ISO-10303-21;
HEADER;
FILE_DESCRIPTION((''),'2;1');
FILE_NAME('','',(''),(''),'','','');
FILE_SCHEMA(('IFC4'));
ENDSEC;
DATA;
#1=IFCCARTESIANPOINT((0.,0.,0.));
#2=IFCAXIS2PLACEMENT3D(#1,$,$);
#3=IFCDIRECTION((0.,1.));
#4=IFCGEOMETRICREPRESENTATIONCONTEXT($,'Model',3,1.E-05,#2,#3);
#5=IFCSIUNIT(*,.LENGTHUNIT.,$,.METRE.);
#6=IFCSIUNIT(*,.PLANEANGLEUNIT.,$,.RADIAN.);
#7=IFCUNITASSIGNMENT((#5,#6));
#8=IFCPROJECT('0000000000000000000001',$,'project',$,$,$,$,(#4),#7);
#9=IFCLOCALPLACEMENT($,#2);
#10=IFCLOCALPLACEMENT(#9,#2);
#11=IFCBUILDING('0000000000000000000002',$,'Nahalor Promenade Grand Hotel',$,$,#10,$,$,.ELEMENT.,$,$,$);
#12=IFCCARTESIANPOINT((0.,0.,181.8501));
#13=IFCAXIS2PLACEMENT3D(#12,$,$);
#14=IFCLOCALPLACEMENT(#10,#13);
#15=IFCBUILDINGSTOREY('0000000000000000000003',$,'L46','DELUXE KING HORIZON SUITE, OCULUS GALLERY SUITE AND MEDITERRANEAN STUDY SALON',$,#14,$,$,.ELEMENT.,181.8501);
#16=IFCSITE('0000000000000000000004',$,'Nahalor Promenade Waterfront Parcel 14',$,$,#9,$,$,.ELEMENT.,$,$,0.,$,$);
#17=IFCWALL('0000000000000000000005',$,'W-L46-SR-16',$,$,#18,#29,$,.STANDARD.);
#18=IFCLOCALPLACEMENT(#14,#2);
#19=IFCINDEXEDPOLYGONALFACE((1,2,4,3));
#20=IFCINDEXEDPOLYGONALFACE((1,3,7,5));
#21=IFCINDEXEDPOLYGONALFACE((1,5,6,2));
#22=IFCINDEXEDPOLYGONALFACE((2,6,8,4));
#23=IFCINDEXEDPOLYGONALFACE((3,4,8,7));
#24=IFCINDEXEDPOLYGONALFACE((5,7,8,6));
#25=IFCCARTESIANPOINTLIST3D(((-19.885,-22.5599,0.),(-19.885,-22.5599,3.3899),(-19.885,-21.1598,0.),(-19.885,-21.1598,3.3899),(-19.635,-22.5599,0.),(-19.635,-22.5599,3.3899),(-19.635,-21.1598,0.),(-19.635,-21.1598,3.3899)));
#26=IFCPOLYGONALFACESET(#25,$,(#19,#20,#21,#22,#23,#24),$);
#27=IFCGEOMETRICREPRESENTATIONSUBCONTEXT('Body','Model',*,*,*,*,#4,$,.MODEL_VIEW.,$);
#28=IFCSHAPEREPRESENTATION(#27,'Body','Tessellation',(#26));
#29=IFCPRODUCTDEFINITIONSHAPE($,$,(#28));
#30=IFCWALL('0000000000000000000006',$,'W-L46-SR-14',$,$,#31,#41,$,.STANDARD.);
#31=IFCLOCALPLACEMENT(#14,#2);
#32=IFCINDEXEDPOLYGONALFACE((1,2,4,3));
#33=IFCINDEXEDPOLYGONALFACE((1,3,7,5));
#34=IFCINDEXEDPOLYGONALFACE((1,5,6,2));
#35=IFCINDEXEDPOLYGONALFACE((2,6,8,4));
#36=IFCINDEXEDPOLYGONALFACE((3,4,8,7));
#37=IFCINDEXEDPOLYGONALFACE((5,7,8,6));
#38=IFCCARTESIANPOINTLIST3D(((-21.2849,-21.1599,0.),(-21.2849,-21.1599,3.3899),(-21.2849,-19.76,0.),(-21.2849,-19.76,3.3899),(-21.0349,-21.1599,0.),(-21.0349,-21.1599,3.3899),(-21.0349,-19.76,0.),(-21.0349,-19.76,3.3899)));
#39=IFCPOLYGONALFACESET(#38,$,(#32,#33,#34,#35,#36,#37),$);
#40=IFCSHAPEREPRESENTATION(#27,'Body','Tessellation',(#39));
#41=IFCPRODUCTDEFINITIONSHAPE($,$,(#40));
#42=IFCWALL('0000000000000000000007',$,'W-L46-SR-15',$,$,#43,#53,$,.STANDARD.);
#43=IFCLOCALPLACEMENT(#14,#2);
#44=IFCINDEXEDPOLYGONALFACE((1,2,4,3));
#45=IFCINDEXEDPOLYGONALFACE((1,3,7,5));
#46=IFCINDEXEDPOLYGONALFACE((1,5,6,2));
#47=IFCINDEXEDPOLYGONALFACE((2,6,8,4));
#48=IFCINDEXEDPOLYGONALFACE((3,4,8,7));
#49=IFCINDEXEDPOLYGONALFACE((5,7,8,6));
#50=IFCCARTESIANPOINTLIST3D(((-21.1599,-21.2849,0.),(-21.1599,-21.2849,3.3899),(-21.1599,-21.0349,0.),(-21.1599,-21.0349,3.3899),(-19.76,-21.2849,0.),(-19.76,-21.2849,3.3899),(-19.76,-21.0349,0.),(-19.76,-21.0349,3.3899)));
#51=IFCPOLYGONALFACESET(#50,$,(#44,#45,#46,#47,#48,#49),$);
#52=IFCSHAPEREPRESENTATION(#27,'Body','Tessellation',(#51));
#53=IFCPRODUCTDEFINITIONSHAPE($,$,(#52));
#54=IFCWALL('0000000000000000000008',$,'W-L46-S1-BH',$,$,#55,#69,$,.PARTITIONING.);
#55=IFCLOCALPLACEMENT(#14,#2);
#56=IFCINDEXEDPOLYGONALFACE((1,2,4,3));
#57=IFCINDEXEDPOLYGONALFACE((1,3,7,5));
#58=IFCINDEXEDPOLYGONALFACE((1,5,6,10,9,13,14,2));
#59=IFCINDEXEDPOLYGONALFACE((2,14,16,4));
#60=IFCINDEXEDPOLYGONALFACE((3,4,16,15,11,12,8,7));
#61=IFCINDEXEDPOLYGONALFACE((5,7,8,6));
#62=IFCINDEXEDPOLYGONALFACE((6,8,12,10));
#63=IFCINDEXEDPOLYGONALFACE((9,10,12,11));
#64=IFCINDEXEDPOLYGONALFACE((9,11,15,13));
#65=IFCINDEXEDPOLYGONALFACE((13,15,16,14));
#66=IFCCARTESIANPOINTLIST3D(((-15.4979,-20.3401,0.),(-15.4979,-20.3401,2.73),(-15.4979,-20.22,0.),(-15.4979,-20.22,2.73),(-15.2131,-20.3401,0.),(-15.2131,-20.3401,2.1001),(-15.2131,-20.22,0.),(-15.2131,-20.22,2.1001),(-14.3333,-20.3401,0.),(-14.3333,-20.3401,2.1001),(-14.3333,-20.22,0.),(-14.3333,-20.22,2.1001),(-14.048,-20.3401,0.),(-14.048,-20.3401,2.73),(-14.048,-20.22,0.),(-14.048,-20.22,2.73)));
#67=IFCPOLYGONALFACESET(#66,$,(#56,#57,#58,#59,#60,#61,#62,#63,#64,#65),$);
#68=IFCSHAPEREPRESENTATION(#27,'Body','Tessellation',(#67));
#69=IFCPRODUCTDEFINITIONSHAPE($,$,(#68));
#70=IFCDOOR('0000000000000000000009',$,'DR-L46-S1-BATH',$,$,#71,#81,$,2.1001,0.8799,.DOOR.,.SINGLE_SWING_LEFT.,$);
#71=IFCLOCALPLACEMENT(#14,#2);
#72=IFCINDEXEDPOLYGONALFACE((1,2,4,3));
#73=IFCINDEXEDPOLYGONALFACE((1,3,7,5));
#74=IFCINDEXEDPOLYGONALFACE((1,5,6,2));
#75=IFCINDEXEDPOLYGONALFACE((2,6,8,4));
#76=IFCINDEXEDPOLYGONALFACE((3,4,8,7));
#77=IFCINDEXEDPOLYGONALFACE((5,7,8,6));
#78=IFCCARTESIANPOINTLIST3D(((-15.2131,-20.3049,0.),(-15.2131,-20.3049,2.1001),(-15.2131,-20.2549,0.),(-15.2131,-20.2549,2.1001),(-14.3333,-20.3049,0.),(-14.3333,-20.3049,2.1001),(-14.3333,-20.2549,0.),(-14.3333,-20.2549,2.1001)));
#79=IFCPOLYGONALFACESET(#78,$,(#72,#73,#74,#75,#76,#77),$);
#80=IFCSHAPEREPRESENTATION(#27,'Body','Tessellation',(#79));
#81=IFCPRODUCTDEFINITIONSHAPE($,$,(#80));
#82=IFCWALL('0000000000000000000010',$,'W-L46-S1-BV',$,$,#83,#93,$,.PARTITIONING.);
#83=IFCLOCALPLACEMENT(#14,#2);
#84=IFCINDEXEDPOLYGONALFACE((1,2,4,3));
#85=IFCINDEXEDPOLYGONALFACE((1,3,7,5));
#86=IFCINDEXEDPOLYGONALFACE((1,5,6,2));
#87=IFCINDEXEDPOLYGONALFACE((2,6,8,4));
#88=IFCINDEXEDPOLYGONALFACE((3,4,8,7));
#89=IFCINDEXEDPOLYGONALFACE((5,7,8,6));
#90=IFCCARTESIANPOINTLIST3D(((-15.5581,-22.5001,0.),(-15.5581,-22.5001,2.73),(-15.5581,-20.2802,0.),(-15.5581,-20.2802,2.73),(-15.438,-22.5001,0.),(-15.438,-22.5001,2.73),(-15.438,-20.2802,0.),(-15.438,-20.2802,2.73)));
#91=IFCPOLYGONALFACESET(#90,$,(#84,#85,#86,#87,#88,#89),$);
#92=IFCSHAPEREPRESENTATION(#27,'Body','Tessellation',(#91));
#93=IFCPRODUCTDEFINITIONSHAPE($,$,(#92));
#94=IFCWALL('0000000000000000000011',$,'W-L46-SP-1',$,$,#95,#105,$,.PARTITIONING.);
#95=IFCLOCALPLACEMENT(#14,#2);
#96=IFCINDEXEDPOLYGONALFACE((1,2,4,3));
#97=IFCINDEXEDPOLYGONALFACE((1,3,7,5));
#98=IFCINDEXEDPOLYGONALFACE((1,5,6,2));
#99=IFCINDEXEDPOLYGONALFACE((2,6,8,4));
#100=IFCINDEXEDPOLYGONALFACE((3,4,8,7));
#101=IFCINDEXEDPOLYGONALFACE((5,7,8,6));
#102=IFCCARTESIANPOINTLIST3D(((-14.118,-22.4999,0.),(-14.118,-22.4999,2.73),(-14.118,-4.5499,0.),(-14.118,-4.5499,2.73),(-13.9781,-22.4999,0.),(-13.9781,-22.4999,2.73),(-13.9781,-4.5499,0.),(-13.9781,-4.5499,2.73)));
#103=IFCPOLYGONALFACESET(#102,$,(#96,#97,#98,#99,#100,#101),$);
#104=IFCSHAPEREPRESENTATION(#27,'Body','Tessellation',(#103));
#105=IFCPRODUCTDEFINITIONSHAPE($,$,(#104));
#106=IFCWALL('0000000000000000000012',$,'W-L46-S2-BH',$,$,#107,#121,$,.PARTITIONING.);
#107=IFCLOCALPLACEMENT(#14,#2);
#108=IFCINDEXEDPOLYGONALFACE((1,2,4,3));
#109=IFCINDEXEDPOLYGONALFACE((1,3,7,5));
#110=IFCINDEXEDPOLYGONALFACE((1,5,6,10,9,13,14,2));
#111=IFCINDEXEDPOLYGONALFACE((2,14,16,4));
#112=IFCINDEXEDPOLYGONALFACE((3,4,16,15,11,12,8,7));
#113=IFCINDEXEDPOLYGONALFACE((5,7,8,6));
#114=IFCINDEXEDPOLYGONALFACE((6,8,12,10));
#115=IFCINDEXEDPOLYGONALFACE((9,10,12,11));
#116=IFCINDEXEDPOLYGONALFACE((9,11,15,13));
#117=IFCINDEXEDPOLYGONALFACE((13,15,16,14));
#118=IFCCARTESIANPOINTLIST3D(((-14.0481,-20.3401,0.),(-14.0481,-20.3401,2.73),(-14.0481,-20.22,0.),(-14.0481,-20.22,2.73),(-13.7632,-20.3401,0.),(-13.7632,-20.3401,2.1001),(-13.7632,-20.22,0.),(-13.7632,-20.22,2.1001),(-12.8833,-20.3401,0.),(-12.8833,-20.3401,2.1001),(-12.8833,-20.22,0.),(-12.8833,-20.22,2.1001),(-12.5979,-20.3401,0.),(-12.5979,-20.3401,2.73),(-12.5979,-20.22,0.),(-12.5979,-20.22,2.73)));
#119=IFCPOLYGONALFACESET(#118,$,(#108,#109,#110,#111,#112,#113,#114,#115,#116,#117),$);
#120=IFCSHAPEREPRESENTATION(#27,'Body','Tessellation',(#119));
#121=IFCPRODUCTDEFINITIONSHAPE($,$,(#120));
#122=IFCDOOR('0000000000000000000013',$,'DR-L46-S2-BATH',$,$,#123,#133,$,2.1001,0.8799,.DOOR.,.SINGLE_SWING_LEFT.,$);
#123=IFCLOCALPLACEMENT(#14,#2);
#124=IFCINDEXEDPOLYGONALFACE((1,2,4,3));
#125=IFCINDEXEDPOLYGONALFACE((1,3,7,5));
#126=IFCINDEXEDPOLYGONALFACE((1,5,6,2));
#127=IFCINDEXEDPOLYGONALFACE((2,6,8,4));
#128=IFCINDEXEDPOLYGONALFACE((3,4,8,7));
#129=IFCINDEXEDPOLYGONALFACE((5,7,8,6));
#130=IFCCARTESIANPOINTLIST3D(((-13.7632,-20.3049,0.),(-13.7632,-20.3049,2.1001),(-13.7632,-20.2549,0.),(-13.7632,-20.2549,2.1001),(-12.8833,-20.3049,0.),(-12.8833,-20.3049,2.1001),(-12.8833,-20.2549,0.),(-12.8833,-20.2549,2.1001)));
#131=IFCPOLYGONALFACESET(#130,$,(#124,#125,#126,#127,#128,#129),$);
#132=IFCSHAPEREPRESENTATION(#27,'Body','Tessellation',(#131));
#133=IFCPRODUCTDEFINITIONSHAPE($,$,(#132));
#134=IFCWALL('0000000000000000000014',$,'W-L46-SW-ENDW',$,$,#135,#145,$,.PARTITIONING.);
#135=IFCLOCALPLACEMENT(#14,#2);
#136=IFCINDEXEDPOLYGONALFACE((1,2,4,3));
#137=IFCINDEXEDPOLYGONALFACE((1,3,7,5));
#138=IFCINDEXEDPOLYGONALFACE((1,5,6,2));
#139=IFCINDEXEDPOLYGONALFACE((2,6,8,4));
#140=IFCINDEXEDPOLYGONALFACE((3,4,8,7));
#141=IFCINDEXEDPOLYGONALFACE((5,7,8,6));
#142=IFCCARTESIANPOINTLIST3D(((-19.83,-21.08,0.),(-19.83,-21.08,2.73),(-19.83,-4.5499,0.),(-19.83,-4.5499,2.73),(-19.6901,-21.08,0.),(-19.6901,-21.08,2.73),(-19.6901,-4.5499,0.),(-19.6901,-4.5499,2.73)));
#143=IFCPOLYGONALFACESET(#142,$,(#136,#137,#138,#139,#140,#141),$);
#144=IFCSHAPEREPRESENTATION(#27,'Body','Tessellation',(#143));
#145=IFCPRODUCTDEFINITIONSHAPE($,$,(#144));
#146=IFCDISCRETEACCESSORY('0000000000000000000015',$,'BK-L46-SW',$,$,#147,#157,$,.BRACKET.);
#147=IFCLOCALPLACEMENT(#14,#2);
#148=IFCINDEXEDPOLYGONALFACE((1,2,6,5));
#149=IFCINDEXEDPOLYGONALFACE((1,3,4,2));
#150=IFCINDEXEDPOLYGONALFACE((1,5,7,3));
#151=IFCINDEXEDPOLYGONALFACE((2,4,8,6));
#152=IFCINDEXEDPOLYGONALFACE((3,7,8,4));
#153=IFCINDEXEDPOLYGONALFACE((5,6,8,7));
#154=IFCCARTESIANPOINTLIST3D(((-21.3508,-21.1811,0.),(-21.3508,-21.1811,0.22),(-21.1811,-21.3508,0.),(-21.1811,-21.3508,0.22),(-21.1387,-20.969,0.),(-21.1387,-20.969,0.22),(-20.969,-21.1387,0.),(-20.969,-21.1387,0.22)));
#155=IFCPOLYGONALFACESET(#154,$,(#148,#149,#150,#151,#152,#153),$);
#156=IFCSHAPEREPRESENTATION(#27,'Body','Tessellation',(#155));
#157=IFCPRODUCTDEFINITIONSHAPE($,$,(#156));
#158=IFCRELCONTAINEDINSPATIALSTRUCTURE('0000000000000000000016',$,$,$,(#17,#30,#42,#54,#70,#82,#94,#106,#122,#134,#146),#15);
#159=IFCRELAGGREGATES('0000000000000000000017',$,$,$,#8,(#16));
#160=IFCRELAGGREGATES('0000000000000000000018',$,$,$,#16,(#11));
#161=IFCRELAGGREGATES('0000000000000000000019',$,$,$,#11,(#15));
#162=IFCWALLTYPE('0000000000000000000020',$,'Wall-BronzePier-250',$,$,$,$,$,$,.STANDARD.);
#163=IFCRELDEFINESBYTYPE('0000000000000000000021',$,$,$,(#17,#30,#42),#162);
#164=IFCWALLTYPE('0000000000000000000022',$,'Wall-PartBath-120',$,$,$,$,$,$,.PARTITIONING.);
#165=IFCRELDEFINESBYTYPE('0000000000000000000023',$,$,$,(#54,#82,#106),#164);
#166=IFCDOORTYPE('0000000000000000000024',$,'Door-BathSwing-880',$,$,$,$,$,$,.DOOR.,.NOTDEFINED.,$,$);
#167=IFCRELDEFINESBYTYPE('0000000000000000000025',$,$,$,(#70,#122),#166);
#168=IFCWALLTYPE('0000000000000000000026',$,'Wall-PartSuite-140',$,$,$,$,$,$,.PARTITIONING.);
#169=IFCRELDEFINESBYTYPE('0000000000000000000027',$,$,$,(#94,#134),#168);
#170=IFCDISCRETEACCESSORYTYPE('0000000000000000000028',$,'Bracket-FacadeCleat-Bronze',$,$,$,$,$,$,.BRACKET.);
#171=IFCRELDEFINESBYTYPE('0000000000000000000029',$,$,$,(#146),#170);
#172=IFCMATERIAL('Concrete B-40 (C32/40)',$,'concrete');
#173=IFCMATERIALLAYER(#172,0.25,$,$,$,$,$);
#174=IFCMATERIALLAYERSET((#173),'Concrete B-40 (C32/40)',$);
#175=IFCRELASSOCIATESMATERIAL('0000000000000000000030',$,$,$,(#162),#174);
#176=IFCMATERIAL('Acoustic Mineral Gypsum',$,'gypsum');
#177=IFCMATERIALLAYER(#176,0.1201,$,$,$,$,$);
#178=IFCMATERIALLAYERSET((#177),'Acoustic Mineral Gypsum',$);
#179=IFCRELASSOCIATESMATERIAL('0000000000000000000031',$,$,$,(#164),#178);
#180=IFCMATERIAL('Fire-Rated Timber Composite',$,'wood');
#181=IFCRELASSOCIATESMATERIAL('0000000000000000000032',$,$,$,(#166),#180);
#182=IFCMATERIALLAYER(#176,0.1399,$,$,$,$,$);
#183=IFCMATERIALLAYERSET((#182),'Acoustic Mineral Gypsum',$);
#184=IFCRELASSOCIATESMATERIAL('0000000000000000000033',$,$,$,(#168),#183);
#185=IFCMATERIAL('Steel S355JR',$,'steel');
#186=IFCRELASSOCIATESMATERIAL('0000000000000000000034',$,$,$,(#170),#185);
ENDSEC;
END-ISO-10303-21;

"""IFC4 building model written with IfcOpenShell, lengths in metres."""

from ifc_helpers import new_model, si_unit, direction, frame, frame_2d, origin, origin_2d, place, context, subcontext, project, spatial, rectangle, extrude, source, transform, mapped, material, layer, layer_set, type_object, element, fill, save


model = new_model("IFC4")

# Units and contexts
model_context = context("Model", 3, precision=1e-05, world=origin(), true_north=direction((0.0, 1.0)))
body_context = subcontext(model_context, "Body", "Model", "MODEL_VIEW")
ifc_project = project(units=[si_unit("LENGTHUNIT", "METRE"), si_unit("PLANEANGLEUNIT", "RADIAN")], contexts=[model_context])

# Site, building, storey
site_placement = place(None, origin())
site = spatial("IfcSite", under=ifc_project, at=site_placement, Name="Nahalor Promenade Waterfront Parcel 14", CompositionType="ELEMENT", RefElevation=0.0)
building_placement = place(site_placement, origin())
building = spatial("IfcBuilding", under=site, at=building_placement, Name="Nahalor Promenade Grand Hotel", CompositionType="ELEMENT")
storey_placement = place(building_placement, frame((0.0, 0.0, 181.8501)))
storey = spatial("IfcBuildingStorey", under=building, at=storey_placement, Name="L46", Description="DELUXE KING HORIZON SUITE, OCULUS GALLERY SUITE AND MEDITERRANEAN STUDY SALON", CompositionType="ELEMENT", Elevation=181.8501)

# Shared definitions
ifc_material_1 = material(Name="Steel S355JR", Category="steel")

# Walls
ifc_material_2 = material(Name="Concrete B-40 (C32/40)", Category="concrete")
ifc_layer_1 = layer(ifc_material_2, 0.25)
ifc_layer_set_1 = layer_set([ifc_layer_1], Name="Concrete B-40 (C32/40)")
wall_type_1 = type_object("IfcWallType", Name="Wall-BronzePier-250", PredefinedType="STANDARD", material=ifc_layer_set_1)
shared_shape_1 = source(origin(), body_context, "Body", "SweptSolid", [
    extrude(rectangle(XDim=1.4001, YDim=0.25, at=frame_2d((0.7002, 0.0))), origin(), (0.0, 0.0, 1.0), 3.3899),
])
for number, where, z_axis, x_axis, name in (
    (1, (-19.76, -22.5601, 0.0), (0.0, 0.0, 1.0), (0.0, 1.0, 0.0), "W-L46-SR-16"),
):
    element("IfcWall", number, at=place(storey_placement, frame(where, z_axis=z_axis, x_axis=x_axis)), inside=storey, type_object=wall_type_1, Name=name, PredefinedType="STANDARD", context=body_context, shape_type="MappedRepresentation", body=[
        mapped(shared_shape_1, transform((0.0, 0.0, 0.0), scale=1.0)),
    ])
shared_shape_2 = source(origin(), body_context, "Body", "SweptSolid", [
    extrude(rectangle(XDim=1.3999, YDim=0.25, at=frame_2d((0.7, 0.0))), origin(), (0.0, 0.0, 1.0), 3.3899),
])
for number, where, z_axis, x_axis, name in (
    (2, (-21.1599, -21.1599, 0.0), (0.0, 0.0, 1.0), (0.0, 1.0, 0.0), "W-L46-SR-14"),
    (3, (-21.1599, -21.1599, 0.0), (0.0, 0.0, 1.0), (1.0, 0.0, 0.0), "W-L46-SR-15"),
):
    element("IfcWall", number, at=place(storey_placement, frame(where, z_axis=z_axis, x_axis=x_axis)), inside=storey, type_object=wall_type_1, Name=name, PredefinedType="STANDARD", context=body_context, shape_type="MappedRepresentation", body=[
        mapped(shared_shape_2, transform((0.0, 0.0, 0.0), scale=1.0)),
    ])

# Wall, opening, door
ifc_material_3 = material(Name="Acoustic Mineral Gypsum", Category="gypsum")
ifc_layer_2 = layer(ifc_material_3, 0.1201)
ifc_layer_set_2 = layer_set([ifc_layer_2], Name="Acoustic Mineral Gypsum")
wall_type_2 = type_object("IfcWallType", Name="Wall-PartBath-120", PredefinedType="PARTITIONING", material=ifc_layer_set_2)
shared_shape_3 = source(origin(), body_context, "Body", "SweptSolid", [
    extrude(rectangle(XDim=1.45, YDim=0.1201, at=frame_2d((0.7251, 0.0))), origin(), (0.0, 0.0, 1.0), 2.73),
])
wall_1_placement = place(storey_placement, frame((-15.498, -20.28, 0.0), z_axis=(0.0, 0.0, 1.0), x_axis=(1.0, 0.0, 0.0)))
wall_1 = element("IfcWall", 4, at=wall_1_placement, inside=storey, type_object=wall_type_2, Name="W-L46-S1-BH", PredefinedType="PARTITIONING", context=body_context, shape_type="MappedRepresentation", body=[
    mapped(shared_shape_3, transform((0.0, 0.0, 0.0), scale=1.0)),
])
opening_1_placement = place(wall_1_placement, frame((0.2849, 0.0, 0.0)))
opening_1 = element("IfcOpeningElement", 5, at=opening_1_placement, cuts=wall_1, PredefinedType="OPENING", context=body_context, shape_type="SweptSolid", body=[
    extrude(rectangle(XDim=0.8799, YDim=2.1001, at=frame_2d((0.4399, 1.05))), frame((0.0, 0.0701, 0.0), z_axis=(0.0, -1.0, 0.0), x_axis=(1.0, 0.0, 0.0)), (0.0, 0.0, 1.0), 0.1401),
])
ifc_material_4 = material(Name="Fire-Rated Timber Composite", Category="wood")
door_type = type_object("IfcDoorType", Name="Door-BathSwing-880", OperationType="NOTDEFINED", PredefinedType="DOOR", material=ifc_material_4)
shared_shape_4 = source(origin(), body_context, "Body", "SweptSolid", [
    extrude(rectangle(XDim=0.8799, YDim=2.1001, at=frame_2d((0.4399, 1.05))), frame((0.0, 0.0249, 0.0), z_axis=(0.0, -1.0, 0.0), x_axis=(1.0, 0.0, 0.0)), (0.0, 0.0, 1.0), 0.05),
])
door_1_placement = place(opening_1_placement, frame((0.8799, 0.0, 0.0), z_axis=(0.0, 0.0, 1.0), x_axis=(-1.0, 0.0, 0.0)))
door_1 = element("IfcDoor", 6, at=door_1_placement, inside=storey, type_object=door_type, Name="DR-L46-S1-BATH", OperationType="SINGLE_SWING_LEFT", OverallHeight=2.1001, OverallWidth=0.8799, PredefinedType="DOOR", context=body_context, shape_type="MappedRepresentation", body=[
    mapped(shared_shape_4, transform((0.0, 0.0, 0.0), scale=1.0)),
])
fill(opening_1, door_1)

# Walls
shared_shape_5 = source(origin(), body_context, "Body", "SweptSolid", [
    extrude(rectangle(XDim=2.22, YDim=0.1201, at=frame_2d((1.1099, 0.0))), origin(), (0.0, 0.0, 1.0), 2.73),
])
wall_2_placement = place(storey_placement, frame((-15.498, -22.5, 0.0), z_axis=(0.0, 0.0, 1.0), x_axis=(0.0, 1.0, 0.0)))
element("IfcWall", 7, at=wall_2_placement, inside=storey, type_object=wall_type_2, Name="W-L46-S1-BV", PredefinedType="PARTITIONING", context=body_context, shape_type="MappedRepresentation", body=[
    mapped(shared_shape_5, transform((0.0, 0.0, 0.0), scale=1.0)),
])
ifc_layer_3 = layer(ifc_material_3, 0.1399)
ifc_layer_set_3 = layer_set([ifc_layer_3], Name="Acoustic Mineral Gypsum")
wall_type_3 = type_object("IfcWallType", Name="Wall-PartSuite-140", PredefinedType="PARTITIONING", material=ifc_layer_set_3)
shared_shape_6 = source(origin(), body_context, "Body", "SweptSolid", [
    extrude(rectangle(XDim=17.95, YDim=0.1399, at=frame_2d((8.9751, 0.0))), origin(), (0.0, 0.0, 1.0), 2.73),
])
wall_3_placement = place(storey_placement, frame((-14.0481, -22.5, 0.0), z_axis=(0.0, 0.0, 1.0), x_axis=(0.0, 1.0, 0.0)))
element("IfcWall", 8, at=wall_3_placement, inside=storey, type_object=wall_type_3, Name="W-L46-SP-1", PredefinedType="PARTITIONING", context=body_context, shape_type="MappedRepresentation", body=[
    mapped(shared_shape_6, transform((0.0, 0.0, 0.0), scale=1.0)),
])

# Wall, opening, door
shared_shape_7 = source(origin(), body_context, "Body", "SweptSolid", [
    extrude(rectangle(XDim=1.4502, YDim=0.1201, at=frame_2d((0.7251, 0.0))), origin(), (0.0, 0.0, 1.0), 2.73),
])
wall_4_placement = place(storey_placement, frame((-14.0481, -20.28, 0.0), z_axis=(0.0, 0.0, 1.0), x_axis=(1.0, 0.0, 0.0)))
wall_4 = element("IfcWall", 9, at=wall_4_placement, inside=storey, type_object=wall_type_2, Name="W-L46-S2-BH", PredefinedType="PARTITIONING", context=body_context, shape_type="MappedRepresentation", body=[
    mapped(shared_shape_7, transform((0.0, 0.0, 0.0), scale=1.0)),
])
opening_2_placement = place(wall_4_placement, frame((0.2849, 0.0, 0.0)))
opening_2 = element("IfcOpeningElement", 10, at=opening_2_placement, cuts=wall_4, PredefinedType="OPENING", context=body_context, shape_type="SweptSolid", body=[
    extrude(rectangle(XDim=0.8799, YDim=2.1001, at=frame_2d((0.4399, 1.05))), frame((0.0, 0.0701, 0.0), z_axis=(0.0, -1.0, 0.0), x_axis=(1.0, 0.0, 0.0)), (0.0, 0.0, 1.0), 0.1401),
])
door_2_placement = place(opening_2_placement, frame((0.8799, 0.0, 0.0), z_axis=(0.0, 0.0, 1.0), x_axis=(-1.0, 0.0, 0.0)))
door_2 = element("IfcDoor", 11, at=door_2_placement, inside=storey, type_object=door_type, Name="DR-L46-S2-BATH", OperationType="SINGLE_SWING_LEFT", OverallHeight=2.1001, OverallWidth=0.8799, PredefinedType="DOOR", context=body_context, shape_type="MappedRepresentation", body=[
    mapped(shared_shape_4, transform((0.0, 0.0, 0.0), scale=1.0)),
])
fill(opening_2, door_2)

# Wall
shared_shape_8 = source(origin(), body_context, "Body", "SweptSolid", [
    extrude(rectangle(XDim=16.53, YDim=0.1399, at=frame_2d((8.2651, 0.0))), origin(), (0.0, 0.0, 1.0), 2.73),
])
wall_5_placement = place(storey_placement, frame((-19.76, -21.0801, 0.0), z_axis=(0.0, 0.0, 1.0), x_axis=(0.0, 1.0, 0.0)))
element("IfcWall", 12, at=wall_5_placement, inside=storey, type_object=wall_type_3, Name="W-L46-SW-ENDW", PredefinedType="PARTITIONING", context=body_context, shape_type="MappedRepresentation", body=[
    mapped(shared_shape_8, transform((0.0, 0.0, 0.0), scale=1.0)),
])

# Discrete accessory
discrete_accessory_type = type_object("IfcDiscreteAccessoryType", Name="Bracket-FacadeCleat-Bronze", PredefinedType="BRACKET", material=ifc_material_1)
shared_shape_9 = source(origin(), body_context, "Body", "SweptSolid", [
    extrude(rectangle(XDim=0.3, YDim=0.24, at=origin_2d()), origin(), (0.0, 0.0, 1.0), 0.22),
])
discrete_accessory_placement = place(storey_placement, frame((-21.1599, -21.1599, 0.0), z_axis=(0.0, 0.0, 1.0), x_axis=(0.707107, 0.707107, 0.0)))
element("IfcDiscreteAccessory", 13, at=discrete_accessory_placement, inside=storey, type_object=discrete_accessory_type, Name="BK-L46-SW", PredefinedType="BRACKET", context=body_context, shape_type="MappedRepresentation", body=[
    mapped(shared_shape_9, transform((0.0, 0.0, 0.0), scale=1.0)),
])

save(model, "model.ifc")
